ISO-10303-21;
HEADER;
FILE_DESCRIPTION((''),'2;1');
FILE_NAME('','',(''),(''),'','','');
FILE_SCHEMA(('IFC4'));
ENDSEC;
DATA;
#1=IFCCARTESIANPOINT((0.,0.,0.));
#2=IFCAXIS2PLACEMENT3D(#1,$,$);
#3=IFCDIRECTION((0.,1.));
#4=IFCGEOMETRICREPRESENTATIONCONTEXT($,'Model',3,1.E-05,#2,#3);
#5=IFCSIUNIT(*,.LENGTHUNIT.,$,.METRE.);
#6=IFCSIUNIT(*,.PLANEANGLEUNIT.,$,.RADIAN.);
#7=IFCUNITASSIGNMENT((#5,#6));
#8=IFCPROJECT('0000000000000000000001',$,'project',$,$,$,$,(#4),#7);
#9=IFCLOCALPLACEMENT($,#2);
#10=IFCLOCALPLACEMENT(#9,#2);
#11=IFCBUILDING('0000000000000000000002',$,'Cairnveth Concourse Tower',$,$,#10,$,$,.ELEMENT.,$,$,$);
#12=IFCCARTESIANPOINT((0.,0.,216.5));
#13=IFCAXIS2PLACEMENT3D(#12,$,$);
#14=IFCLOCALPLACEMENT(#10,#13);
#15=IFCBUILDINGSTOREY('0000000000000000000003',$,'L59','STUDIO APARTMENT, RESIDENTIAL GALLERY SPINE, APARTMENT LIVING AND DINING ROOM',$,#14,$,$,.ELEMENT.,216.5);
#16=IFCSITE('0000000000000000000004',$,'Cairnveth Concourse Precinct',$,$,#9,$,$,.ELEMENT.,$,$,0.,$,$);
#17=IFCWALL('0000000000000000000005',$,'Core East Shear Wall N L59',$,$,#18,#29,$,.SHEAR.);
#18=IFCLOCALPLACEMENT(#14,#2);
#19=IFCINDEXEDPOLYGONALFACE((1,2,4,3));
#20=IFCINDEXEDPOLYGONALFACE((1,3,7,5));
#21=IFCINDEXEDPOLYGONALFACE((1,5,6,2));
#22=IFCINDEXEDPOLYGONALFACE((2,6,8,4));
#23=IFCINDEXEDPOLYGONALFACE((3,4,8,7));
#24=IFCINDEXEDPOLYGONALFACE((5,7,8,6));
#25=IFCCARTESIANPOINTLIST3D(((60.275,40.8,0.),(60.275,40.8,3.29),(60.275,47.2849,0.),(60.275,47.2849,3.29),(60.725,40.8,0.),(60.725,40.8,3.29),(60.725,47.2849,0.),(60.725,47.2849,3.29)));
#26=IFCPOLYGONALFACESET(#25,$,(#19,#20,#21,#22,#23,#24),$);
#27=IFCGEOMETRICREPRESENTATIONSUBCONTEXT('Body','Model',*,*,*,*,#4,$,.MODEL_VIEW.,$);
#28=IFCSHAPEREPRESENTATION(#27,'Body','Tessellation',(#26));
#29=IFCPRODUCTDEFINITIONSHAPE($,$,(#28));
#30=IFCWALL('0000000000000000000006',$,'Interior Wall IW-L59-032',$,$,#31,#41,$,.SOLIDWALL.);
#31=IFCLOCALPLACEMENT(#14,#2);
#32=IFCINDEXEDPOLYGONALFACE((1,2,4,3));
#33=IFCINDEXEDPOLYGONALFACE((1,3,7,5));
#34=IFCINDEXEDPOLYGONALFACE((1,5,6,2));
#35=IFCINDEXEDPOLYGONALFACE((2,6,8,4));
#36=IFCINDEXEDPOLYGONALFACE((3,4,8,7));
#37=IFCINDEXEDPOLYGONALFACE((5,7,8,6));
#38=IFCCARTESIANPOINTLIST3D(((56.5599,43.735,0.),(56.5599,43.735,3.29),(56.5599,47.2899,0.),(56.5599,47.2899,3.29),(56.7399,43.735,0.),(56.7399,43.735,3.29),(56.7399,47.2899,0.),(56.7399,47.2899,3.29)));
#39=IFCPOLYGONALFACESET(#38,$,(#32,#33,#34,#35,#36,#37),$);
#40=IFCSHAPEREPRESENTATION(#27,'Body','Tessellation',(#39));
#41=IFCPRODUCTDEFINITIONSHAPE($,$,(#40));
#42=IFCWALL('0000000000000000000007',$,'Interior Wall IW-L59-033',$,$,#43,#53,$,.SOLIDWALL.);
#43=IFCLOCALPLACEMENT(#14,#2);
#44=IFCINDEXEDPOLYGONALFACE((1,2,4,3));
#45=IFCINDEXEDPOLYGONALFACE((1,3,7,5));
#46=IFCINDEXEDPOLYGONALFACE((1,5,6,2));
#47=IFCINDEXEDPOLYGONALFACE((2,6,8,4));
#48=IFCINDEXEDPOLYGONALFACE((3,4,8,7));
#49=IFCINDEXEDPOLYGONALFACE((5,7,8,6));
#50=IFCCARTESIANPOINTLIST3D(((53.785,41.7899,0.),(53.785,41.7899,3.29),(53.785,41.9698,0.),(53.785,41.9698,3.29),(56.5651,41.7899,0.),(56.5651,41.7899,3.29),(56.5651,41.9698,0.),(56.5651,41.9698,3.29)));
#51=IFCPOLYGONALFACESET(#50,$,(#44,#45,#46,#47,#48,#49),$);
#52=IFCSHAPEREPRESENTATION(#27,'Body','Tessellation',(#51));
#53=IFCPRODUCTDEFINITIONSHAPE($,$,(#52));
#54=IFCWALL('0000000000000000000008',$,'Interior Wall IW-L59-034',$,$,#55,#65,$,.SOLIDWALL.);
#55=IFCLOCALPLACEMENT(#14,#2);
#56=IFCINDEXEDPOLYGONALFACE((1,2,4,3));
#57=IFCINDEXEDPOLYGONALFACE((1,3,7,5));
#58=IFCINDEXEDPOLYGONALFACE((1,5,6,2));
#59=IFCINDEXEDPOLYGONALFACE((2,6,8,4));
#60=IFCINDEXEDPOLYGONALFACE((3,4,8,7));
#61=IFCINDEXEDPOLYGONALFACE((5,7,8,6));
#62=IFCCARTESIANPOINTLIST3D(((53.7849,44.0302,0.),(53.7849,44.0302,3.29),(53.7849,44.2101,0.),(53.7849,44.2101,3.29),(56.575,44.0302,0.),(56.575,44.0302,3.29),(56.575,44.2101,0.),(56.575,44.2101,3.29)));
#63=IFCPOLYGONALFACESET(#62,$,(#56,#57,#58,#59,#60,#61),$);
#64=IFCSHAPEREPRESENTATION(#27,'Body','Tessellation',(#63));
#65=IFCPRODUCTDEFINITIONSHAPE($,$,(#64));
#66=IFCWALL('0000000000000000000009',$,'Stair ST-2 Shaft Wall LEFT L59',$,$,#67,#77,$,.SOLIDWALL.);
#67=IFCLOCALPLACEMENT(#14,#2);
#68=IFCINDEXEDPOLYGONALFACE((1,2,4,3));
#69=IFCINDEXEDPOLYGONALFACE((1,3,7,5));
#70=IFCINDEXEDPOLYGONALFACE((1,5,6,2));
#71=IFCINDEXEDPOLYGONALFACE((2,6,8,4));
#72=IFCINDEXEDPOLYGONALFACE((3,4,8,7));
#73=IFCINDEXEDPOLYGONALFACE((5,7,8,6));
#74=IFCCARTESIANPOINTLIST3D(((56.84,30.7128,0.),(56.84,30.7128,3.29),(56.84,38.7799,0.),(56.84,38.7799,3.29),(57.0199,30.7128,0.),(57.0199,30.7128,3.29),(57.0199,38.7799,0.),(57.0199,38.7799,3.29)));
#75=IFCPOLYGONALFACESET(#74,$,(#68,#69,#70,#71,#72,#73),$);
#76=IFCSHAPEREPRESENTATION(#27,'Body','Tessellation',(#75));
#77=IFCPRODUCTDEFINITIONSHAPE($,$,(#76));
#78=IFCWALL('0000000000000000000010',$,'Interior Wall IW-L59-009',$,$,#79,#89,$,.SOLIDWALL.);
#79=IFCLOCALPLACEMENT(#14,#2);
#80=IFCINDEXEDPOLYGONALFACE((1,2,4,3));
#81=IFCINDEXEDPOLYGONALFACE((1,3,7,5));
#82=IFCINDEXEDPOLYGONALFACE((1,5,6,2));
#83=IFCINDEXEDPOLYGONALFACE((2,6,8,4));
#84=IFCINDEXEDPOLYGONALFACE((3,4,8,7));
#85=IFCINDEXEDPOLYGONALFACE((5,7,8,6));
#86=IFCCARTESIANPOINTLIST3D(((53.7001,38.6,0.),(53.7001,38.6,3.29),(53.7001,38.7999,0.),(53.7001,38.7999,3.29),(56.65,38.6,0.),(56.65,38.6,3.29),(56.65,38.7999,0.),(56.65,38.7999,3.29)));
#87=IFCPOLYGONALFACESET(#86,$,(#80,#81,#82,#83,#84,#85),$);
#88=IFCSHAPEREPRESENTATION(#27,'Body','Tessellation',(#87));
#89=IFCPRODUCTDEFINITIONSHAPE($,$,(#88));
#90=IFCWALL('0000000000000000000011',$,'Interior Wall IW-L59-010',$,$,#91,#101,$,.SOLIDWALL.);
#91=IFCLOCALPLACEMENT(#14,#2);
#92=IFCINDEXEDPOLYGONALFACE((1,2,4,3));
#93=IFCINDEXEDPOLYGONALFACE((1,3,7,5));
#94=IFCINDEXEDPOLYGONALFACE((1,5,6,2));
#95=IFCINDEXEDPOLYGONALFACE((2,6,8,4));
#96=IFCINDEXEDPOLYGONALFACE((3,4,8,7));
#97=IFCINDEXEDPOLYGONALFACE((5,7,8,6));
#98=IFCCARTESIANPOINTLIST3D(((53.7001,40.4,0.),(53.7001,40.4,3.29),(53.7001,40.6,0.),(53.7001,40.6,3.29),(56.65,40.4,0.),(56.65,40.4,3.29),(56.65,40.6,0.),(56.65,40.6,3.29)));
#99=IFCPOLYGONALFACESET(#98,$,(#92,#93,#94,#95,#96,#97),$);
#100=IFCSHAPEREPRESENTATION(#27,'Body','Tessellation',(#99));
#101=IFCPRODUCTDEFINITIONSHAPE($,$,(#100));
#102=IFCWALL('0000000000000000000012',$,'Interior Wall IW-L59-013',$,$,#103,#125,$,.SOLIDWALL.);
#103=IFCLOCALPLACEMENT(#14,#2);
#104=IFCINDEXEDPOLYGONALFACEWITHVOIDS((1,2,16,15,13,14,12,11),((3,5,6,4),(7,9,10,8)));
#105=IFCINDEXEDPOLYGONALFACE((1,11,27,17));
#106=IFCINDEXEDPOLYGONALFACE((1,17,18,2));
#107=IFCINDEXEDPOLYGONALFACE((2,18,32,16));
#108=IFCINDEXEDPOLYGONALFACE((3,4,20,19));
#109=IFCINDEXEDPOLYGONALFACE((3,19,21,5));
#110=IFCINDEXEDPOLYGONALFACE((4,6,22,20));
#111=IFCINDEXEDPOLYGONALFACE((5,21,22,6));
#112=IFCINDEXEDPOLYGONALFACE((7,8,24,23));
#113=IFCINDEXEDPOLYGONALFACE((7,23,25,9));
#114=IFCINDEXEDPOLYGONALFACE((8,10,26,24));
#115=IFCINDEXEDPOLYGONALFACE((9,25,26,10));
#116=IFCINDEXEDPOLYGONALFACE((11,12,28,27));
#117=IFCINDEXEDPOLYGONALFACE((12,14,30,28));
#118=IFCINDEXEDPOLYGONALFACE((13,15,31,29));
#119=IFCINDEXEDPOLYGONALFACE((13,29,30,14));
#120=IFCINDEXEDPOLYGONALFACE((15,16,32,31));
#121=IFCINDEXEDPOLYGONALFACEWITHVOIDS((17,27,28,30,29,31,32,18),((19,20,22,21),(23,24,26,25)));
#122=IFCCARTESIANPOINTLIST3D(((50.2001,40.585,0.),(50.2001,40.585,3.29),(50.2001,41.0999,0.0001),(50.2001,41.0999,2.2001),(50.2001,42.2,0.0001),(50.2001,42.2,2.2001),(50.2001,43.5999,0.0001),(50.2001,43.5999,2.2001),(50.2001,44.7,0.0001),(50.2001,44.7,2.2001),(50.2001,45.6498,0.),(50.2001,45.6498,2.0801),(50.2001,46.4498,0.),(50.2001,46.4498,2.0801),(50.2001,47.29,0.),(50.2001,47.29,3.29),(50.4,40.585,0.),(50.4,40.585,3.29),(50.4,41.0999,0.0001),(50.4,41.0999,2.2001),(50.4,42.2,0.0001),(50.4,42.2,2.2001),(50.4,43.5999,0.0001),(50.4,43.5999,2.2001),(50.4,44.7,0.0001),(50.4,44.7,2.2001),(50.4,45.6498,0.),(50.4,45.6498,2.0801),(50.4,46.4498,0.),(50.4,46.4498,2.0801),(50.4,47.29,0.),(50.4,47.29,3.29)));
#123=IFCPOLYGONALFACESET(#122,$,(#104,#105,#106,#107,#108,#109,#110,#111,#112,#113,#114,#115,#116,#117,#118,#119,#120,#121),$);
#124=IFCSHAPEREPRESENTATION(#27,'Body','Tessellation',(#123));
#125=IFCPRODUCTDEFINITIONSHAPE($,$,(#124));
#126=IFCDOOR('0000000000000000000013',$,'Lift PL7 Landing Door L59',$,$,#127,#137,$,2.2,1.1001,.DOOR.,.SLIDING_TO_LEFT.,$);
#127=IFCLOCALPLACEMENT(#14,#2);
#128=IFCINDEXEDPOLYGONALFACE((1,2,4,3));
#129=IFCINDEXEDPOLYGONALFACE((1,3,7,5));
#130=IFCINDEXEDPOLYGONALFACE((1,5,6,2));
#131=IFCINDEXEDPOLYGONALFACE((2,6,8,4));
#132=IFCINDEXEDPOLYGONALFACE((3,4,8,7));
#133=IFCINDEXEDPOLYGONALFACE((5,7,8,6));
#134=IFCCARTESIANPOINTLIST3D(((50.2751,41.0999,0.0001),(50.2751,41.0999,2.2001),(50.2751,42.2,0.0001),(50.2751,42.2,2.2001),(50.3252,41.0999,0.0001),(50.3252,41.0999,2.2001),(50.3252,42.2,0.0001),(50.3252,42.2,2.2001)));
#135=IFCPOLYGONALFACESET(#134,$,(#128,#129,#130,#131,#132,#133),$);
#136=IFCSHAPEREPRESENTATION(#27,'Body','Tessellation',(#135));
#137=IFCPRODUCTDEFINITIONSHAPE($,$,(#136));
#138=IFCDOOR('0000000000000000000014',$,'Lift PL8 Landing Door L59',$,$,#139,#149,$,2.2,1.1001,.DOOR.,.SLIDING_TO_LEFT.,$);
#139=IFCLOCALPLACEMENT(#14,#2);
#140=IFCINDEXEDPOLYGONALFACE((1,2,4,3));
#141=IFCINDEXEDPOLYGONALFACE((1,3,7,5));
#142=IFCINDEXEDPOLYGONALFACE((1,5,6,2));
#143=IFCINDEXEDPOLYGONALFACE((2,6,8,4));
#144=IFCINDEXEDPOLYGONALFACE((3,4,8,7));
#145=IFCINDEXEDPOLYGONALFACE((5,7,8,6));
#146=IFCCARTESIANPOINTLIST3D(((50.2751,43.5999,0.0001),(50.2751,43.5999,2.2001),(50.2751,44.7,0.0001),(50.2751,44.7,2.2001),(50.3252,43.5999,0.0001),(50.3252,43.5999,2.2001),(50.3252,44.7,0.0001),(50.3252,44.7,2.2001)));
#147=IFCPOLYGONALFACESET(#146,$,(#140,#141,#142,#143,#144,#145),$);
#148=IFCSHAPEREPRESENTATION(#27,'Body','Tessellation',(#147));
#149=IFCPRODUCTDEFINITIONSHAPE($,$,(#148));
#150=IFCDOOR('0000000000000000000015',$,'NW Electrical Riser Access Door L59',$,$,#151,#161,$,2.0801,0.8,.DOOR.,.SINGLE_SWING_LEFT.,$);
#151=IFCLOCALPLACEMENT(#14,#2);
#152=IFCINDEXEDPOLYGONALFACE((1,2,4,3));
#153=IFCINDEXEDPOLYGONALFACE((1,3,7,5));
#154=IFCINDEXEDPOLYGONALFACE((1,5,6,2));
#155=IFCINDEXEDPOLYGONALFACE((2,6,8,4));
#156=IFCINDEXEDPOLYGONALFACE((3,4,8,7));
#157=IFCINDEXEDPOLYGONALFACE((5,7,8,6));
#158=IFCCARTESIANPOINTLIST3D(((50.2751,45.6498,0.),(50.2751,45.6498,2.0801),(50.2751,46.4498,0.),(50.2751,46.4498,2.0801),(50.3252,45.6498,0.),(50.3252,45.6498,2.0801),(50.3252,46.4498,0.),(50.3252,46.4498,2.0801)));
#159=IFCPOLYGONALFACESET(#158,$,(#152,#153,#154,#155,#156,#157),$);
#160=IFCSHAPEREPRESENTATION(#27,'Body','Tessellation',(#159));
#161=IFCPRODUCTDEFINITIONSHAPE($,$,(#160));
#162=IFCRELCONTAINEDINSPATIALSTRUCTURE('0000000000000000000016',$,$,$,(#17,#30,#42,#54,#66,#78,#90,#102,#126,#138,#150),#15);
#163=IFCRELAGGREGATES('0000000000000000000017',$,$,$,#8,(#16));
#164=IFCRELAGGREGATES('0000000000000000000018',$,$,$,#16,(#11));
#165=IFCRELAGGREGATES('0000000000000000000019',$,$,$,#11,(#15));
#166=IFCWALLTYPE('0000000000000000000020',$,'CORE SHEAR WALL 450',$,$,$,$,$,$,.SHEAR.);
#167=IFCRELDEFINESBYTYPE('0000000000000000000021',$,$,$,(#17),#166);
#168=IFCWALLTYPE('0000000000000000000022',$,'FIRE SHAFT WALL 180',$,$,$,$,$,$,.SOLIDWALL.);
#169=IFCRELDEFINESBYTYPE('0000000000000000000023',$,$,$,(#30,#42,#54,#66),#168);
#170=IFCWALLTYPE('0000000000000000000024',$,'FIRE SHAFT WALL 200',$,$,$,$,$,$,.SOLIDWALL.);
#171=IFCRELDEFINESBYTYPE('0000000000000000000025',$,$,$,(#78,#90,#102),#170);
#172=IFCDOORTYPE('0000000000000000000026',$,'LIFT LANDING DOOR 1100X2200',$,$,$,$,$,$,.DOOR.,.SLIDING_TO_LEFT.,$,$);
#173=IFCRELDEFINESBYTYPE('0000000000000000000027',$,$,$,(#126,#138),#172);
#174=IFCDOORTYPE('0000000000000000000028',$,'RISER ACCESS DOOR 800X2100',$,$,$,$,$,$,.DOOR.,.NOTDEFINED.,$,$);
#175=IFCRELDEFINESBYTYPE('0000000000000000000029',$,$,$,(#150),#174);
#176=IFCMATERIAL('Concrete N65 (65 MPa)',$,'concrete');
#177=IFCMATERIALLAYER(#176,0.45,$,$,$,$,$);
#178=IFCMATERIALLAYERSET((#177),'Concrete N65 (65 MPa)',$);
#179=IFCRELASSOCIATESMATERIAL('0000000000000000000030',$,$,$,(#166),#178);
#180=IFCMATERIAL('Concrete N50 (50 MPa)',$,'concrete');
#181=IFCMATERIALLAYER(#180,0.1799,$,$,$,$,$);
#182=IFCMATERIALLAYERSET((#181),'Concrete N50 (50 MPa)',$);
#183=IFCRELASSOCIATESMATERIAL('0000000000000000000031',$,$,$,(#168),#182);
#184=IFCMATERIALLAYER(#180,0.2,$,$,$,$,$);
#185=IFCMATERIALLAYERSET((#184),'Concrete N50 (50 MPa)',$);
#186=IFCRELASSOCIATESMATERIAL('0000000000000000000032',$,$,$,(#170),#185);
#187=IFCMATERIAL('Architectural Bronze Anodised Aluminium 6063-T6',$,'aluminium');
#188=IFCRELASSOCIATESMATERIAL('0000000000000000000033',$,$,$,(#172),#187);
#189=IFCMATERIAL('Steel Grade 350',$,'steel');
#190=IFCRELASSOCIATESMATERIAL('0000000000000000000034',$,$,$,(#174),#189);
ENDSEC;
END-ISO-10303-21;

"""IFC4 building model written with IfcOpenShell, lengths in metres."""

from ifc_helpers import new_model, si_unit, direction, frame, frame_2d, origin, place, context, subcontext, project, spatial, rectangle, extrude, material, layer, layer_set, type_object, element, fill, save


model = new_model("IFC4")

# Units and contexts
model_context = context("Model", 3, precision=1e-05, world=origin(), true_north=direction((0.0, 1.0)))
body_context = subcontext(model_context, "Body", "Model", "MODEL_VIEW")
ifc_project = project(units=[si_unit("LENGTHUNIT", "METRE"), si_unit("PLANEANGLEUNIT", "RADIAN")], contexts=[model_context])

# Site, building, storey
site_placement = place(None, origin())
site = spatial("IfcSite", under=ifc_project, at=site_placement, Name="Cairnveth Concourse Precinct", CompositionType="ELEMENT", RefElevation=0.0)
building_placement = place(site_placement, origin())
building = spatial("IfcBuilding", under=site, at=building_placement, Name="Cairnveth Concourse Tower", CompositionType="ELEMENT")
storey_placement = place(building_placement, frame((0.0, 0.0, 216.5)))
storey = spatial("IfcBuildingStorey", under=building, at=storey_placement, Name="L59", Description="STUDIO APARTMENT, RESIDENTIAL GALLERY SPINE, APARTMENT LIVING AND DINING ROOM", CompositionType="ELEMENT", Elevation=216.5)

# Walls
ifc_material_1 = material(Name="Concrete N65 (65 MPa)", Category="concrete")
ifc_layer_1 = layer(ifc_material_1, 0.45)
ifc_layer_set_1 = layer_set([ifc_layer_1], Name="Concrete N65 (65 MPa)")
wall_type_1 = type_object("IfcWallType", Name="CORE SHEAR WALL 450", PredefinedType="SHEAR", material=ifc_layer_set_1)
wall_1_placement = place(storey_placement, frame((60.5, 40.8, 0.0), z_axis=(0.0, 0.0, 1.0), x_axis=(0.0, 1.0, 0.0)))
element("IfcWall", 1, at=wall_1_placement, inside=storey, type_object=wall_type_1, Name="Core East Shear Wall N L59", PredefinedType="SHEAR", context=body_context, shape_type="SweptSolid", body=[
    extrude(rectangle(XDim=6.4849, YDim=0.45, at=frame_2d((3.2424, 0.0))), origin(), (0.0, 0.0, 1.0), 3.29),
])
ifc_material_2 = material(Name="Concrete N50 (50 MPa)", Category="concrete")
ifc_layer_2 = layer(ifc_material_2, 0.1799)
ifc_layer_set_2 = layer_set([ifc_layer_2], Name="Concrete N50 (50 MPa)")
wall_type_2 = type_object("IfcWallType", Name="FIRE SHAFT WALL 180", PredefinedType="SOLIDWALL", material=ifc_layer_set_2)
wall_2_placement = place(storey_placement, frame((56.6499, 43.7351, 0.0), z_axis=(0.0, 0.0, 1.0), x_axis=(0.0, 1.0, 0.0)))
element("IfcWall", 2, at=wall_2_placement, inside=storey, type_object=wall_type_2, Name="Interior Wall IW-L59-032", PredefinedType="SOLIDWALL", context=body_context, shape_type="SweptSolid", body=[
    extrude(rectangle(XDim=3.5549, YDim=0.1799, at=frame_2d((1.7773, 0.0))), origin(), (0.0, 0.0, 1.0), 3.29),
])
wall_3_placement = place(storey_placement, frame((53.7849, 41.8799, 0.0), z_axis=(0.0, 0.0, 1.0), x_axis=(1.0, 0.0, 0.0)))
element("IfcWall", 3, at=wall_3_placement, inside=storey, type_object=wall_type_2, Name="Interior Wall IW-L59-033", PredefinedType="SOLIDWALL", context=body_context, shape_type="SweptSolid", body=[
    extrude(rectangle(XDim=2.78, YDim=0.1799, at=frame_2d((1.3901, 0.0))), origin(), (0.0, 0.0, 1.0), 3.29),
])
wall_4_placement = place(storey_placement, frame((53.7849, 44.1201, 0.0), z_axis=(0.0, 0.0, 1.0), x_axis=(1.0, 0.0, 0.0)))
element("IfcWall", 4, at=wall_4_placement, inside=storey, type_object=wall_type_2, Name="Interior Wall IW-L59-034", PredefinedType="SOLIDWALL", context=body_context, shape_type="SweptSolid", body=[
    extrude(rectangle(XDim=2.79, YDim=0.1799, at=frame_2d((1.395, 0.0))), origin(), (0.0, 0.0, 1.0), 3.29),
])

# Shared definitions
ifc_material_3 = material(Name="Steel Grade 350", Category="steel")

# Walls
wall_5_placement = place(storey_placement, frame((56.9299, 38.78, 0.0), z_axis=(0.0, 0.0, 1.0), x_axis=(0.0, -1.0, 0.0)))
element("IfcWall", 5, at=wall_5_placement, inside=storey, type_object=wall_type_2, Name="Stair ST-2 Shaft Wall LEFT L59", PredefinedType="SOLIDWALL", context=body_context, shape_type="SweptSolid", body=[
    extrude(rectangle(XDim=8.0671, YDim=0.1799, at=frame_2d((4.0337, 0.0))), origin(), (0.0, 0.0, 1.0), 3.29),
])
ifc_layer_3 = layer(ifc_material_2, 0.2)
ifc_layer_set_3 = layer_set([ifc_layer_3], Name="Concrete N50 (50 MPa)")
wall_type_3 = type_object("IfcWallType", Name="FIRE SHAFT WALL 200", PredefinedType="SOLIDWALL", material=ifc_layer_set_3)
for number, where, z_axis, x_axis, name in (
    (6, (53.7, 38.7, 0.0), (0.0, 0.0, 1.0), (1.0, 0.0, 0.0), "Interior Wall IW-L59-009"),
    (7, (53.7, 40.5, 0.0), (0.0, 0.0, 1.0), (1.0, 0.0, 0.0), "Interior Wall IW-L59-010"),
):
    element("IfcWall", number, at=place(storey_placement, frame(where, z_axis=z_axis, x_axis=x_axis)), inside=storey, type_object=wall_type_3, Name=name, PredefinedType="SOLIDWALL", context=body_context, shape_type="SweptSolid", body=[
        extrude(rectangle(XDim=2.95, YDim=0.2, at=frame_2d((1.4751, 0.0))), origin(), (0.0, 0.0, 1.0), 3.29),
    ])

# Wall, openings, doors
wall_6_placement = place(storey_placement, frame((50.3, 40.585, 0.0), z_axis=(0.0, 0.0, 1.0), x_axis=(0.0, 1.0, 0.0)))
wall_6 = element("IfcWall", 8, at=wall_6_placement, inside=storey, type_object=wall_type_3, Name="Interior Wall IW-L59-013", PredefinedType="SOLIDWALL", context=body_context, shape_type="SweptSolid", body=[
    extrude(rectangle(XDim=6.7051, YDim=0.2, at=frame_2d((3.3525, 0.0))), origin(), (0.0, 0.0, 1.0), 3.29),
])
opening_1_placement = place(wall_6_placement, frame((0.5149, 0.0, 0.0)))
opening_1 = element("IfcOpeningElement", 9, at=opening_1_placement, cuts=wall_6, PredefinedType="OPENING", context=body_context, shape_type="SweptSolid", body=[
    extrude(rectangle(XDim=1.1001, YDim=2.2, at=frame_2d((0.55, 1.1001))), frame((0.0, 0.1099, 0.0), z_axis=(0.0, -1.0, 0.0), x_axis=(1.0, 0.0, 0.0)), (0.0, 0.0, 1.0), 0.22),
])
opening_2_placement = place(wall_6_placement, frame((3.0149, 0.0, 0.0)))
opening_2 = element("IfcOpeningElement", 10, at=opening_2_placement, cuts=wall_6, PredefinedType="OPENING", context=body_context, shape_type="SweptSolid", body=[
    extrude(rectangle(XDim=1.1001, YDim=2.2, at=frame_2d((0.55, 1.1001))), frame((0.0, 0.1099, 0.0), z_axis=(0.0, -1.0, 0.0), x_axis=(1.0, 0.0, 0.0)), (0.0, 0.0, 1.0), 0.22),
])
opening_3_placement = place(wall_6_placement, frame((5.0649, 0.0, 0.0)))
opening_3 = element("IfcOpeningElement", 11, at=opening_3_placement, cuts=wall_6, PredefinedType="OPENING", context=body_context, shape_type="SweptSolid", body=[
    extrude(rectangle(XDim=0.8, YDim=2.0801, at=frame_2d((0.3999, 1.04))), frame((0.0, 0.1099, 0.0), z_axis=(0.0, -1.0, 0.0), x_axis=(1.0, 0.0, 0.0)), (0.0, 0.0, 1.0), 0.22),
])
ifc_material_4 = material(Name="Architectural Bronze Anodised Aluminium 6063-T6", Category="aluminium")
door_type_1 = type_object("IfcDoorType", Name="LIFT LANDING DOOR 1100X2200", OperationType="SLIDING_TO_LEFT", PredefinedType="DOOR", material=ifc_material_4)
door_1_placement = place(opening_1_placement, origin())
door_1 = element("IfcDoor", 12, at=door_1_placement, inside=storey, type_object=door_type_1, Name="Lift PL7 Landing Door L59", OperationType="SLIDING_TO_LEFT", OverallHeight=2.2, OverallWidth=1.1001, PredefinedType="DOOR", context=body_context, shape_type="SweptSolid", body=[
    extrude(rectangle(XDim=1.1001, YDim=2.2, at=frame_2d((0.55, 1.1001))), frame((0.0, 0.0249, 0.0), z_axis=(0.0, -1.0, 0.0), x_axis=(1.0, 0.0, 0.0)), (0.0, 0.0, 1.0), 0.05),
])
fill(opening_1, door_1)
door_2_placement = place(opening_2_placement, origin())
door_2 = element("IfcDoor", 13, at=door_2_placement, inside=storey, type_object=door_type_1, Name="Lift PL8 Landing Door L59", OperationType="SLIDING_TO_LEFT", OverallHeight=2.2, OverallWidth=1.1001, PredefinedType="DOOR", context=body_context, shape_type="SweptSolid", body=[
    extrude(rectangle(XDim=1.1001, YDim=2.2, at=frame_2d((0.55, 1.1001))), frame((0.0, 0.0249, 0.0), z_axis=(0.0, -1.0, 0.0), x_axis=(1.0, 0.0, 0.0)), (0.0, 0.0, 1.0), 0.05),
])
fill(opening_2, door_2)
door_type_2 = type_object("IfcDoorType", Name="RISER ACCESS DOOR 800X2100", OperationType="NOTDEFINED", PredefinedType="DOOR", material=ifc_material_3)
door_3_placement = place(opening_3_placement, origin())
door_3 = element("IfcDoor", 14, at=door_3_placement, inside=storey, type_object=door_type_2, Name="NW Electrical Riser Access Door L59", OperationType="SINGLE_SWING_LEFT", OverallHeight=2.0801, OverallWidth=0.8, PredefinedType="DOOR", context=body_context, shape_type="SweptSolid", body=[
    extrude(rectangle(XDim=0.8, YDim=2.0801, at=frame_2d((0.3999, 1.04))), frame((0.0, 0.0249, 0.0), z_axis=(0.0, -1.0, 0.0), x_axis=(1.0, 0.0, 0.0)), (0.0, 0.0, 1.0), 0.05),
])
fill(opening_3, door_3)

save(model, "model.ifc")
